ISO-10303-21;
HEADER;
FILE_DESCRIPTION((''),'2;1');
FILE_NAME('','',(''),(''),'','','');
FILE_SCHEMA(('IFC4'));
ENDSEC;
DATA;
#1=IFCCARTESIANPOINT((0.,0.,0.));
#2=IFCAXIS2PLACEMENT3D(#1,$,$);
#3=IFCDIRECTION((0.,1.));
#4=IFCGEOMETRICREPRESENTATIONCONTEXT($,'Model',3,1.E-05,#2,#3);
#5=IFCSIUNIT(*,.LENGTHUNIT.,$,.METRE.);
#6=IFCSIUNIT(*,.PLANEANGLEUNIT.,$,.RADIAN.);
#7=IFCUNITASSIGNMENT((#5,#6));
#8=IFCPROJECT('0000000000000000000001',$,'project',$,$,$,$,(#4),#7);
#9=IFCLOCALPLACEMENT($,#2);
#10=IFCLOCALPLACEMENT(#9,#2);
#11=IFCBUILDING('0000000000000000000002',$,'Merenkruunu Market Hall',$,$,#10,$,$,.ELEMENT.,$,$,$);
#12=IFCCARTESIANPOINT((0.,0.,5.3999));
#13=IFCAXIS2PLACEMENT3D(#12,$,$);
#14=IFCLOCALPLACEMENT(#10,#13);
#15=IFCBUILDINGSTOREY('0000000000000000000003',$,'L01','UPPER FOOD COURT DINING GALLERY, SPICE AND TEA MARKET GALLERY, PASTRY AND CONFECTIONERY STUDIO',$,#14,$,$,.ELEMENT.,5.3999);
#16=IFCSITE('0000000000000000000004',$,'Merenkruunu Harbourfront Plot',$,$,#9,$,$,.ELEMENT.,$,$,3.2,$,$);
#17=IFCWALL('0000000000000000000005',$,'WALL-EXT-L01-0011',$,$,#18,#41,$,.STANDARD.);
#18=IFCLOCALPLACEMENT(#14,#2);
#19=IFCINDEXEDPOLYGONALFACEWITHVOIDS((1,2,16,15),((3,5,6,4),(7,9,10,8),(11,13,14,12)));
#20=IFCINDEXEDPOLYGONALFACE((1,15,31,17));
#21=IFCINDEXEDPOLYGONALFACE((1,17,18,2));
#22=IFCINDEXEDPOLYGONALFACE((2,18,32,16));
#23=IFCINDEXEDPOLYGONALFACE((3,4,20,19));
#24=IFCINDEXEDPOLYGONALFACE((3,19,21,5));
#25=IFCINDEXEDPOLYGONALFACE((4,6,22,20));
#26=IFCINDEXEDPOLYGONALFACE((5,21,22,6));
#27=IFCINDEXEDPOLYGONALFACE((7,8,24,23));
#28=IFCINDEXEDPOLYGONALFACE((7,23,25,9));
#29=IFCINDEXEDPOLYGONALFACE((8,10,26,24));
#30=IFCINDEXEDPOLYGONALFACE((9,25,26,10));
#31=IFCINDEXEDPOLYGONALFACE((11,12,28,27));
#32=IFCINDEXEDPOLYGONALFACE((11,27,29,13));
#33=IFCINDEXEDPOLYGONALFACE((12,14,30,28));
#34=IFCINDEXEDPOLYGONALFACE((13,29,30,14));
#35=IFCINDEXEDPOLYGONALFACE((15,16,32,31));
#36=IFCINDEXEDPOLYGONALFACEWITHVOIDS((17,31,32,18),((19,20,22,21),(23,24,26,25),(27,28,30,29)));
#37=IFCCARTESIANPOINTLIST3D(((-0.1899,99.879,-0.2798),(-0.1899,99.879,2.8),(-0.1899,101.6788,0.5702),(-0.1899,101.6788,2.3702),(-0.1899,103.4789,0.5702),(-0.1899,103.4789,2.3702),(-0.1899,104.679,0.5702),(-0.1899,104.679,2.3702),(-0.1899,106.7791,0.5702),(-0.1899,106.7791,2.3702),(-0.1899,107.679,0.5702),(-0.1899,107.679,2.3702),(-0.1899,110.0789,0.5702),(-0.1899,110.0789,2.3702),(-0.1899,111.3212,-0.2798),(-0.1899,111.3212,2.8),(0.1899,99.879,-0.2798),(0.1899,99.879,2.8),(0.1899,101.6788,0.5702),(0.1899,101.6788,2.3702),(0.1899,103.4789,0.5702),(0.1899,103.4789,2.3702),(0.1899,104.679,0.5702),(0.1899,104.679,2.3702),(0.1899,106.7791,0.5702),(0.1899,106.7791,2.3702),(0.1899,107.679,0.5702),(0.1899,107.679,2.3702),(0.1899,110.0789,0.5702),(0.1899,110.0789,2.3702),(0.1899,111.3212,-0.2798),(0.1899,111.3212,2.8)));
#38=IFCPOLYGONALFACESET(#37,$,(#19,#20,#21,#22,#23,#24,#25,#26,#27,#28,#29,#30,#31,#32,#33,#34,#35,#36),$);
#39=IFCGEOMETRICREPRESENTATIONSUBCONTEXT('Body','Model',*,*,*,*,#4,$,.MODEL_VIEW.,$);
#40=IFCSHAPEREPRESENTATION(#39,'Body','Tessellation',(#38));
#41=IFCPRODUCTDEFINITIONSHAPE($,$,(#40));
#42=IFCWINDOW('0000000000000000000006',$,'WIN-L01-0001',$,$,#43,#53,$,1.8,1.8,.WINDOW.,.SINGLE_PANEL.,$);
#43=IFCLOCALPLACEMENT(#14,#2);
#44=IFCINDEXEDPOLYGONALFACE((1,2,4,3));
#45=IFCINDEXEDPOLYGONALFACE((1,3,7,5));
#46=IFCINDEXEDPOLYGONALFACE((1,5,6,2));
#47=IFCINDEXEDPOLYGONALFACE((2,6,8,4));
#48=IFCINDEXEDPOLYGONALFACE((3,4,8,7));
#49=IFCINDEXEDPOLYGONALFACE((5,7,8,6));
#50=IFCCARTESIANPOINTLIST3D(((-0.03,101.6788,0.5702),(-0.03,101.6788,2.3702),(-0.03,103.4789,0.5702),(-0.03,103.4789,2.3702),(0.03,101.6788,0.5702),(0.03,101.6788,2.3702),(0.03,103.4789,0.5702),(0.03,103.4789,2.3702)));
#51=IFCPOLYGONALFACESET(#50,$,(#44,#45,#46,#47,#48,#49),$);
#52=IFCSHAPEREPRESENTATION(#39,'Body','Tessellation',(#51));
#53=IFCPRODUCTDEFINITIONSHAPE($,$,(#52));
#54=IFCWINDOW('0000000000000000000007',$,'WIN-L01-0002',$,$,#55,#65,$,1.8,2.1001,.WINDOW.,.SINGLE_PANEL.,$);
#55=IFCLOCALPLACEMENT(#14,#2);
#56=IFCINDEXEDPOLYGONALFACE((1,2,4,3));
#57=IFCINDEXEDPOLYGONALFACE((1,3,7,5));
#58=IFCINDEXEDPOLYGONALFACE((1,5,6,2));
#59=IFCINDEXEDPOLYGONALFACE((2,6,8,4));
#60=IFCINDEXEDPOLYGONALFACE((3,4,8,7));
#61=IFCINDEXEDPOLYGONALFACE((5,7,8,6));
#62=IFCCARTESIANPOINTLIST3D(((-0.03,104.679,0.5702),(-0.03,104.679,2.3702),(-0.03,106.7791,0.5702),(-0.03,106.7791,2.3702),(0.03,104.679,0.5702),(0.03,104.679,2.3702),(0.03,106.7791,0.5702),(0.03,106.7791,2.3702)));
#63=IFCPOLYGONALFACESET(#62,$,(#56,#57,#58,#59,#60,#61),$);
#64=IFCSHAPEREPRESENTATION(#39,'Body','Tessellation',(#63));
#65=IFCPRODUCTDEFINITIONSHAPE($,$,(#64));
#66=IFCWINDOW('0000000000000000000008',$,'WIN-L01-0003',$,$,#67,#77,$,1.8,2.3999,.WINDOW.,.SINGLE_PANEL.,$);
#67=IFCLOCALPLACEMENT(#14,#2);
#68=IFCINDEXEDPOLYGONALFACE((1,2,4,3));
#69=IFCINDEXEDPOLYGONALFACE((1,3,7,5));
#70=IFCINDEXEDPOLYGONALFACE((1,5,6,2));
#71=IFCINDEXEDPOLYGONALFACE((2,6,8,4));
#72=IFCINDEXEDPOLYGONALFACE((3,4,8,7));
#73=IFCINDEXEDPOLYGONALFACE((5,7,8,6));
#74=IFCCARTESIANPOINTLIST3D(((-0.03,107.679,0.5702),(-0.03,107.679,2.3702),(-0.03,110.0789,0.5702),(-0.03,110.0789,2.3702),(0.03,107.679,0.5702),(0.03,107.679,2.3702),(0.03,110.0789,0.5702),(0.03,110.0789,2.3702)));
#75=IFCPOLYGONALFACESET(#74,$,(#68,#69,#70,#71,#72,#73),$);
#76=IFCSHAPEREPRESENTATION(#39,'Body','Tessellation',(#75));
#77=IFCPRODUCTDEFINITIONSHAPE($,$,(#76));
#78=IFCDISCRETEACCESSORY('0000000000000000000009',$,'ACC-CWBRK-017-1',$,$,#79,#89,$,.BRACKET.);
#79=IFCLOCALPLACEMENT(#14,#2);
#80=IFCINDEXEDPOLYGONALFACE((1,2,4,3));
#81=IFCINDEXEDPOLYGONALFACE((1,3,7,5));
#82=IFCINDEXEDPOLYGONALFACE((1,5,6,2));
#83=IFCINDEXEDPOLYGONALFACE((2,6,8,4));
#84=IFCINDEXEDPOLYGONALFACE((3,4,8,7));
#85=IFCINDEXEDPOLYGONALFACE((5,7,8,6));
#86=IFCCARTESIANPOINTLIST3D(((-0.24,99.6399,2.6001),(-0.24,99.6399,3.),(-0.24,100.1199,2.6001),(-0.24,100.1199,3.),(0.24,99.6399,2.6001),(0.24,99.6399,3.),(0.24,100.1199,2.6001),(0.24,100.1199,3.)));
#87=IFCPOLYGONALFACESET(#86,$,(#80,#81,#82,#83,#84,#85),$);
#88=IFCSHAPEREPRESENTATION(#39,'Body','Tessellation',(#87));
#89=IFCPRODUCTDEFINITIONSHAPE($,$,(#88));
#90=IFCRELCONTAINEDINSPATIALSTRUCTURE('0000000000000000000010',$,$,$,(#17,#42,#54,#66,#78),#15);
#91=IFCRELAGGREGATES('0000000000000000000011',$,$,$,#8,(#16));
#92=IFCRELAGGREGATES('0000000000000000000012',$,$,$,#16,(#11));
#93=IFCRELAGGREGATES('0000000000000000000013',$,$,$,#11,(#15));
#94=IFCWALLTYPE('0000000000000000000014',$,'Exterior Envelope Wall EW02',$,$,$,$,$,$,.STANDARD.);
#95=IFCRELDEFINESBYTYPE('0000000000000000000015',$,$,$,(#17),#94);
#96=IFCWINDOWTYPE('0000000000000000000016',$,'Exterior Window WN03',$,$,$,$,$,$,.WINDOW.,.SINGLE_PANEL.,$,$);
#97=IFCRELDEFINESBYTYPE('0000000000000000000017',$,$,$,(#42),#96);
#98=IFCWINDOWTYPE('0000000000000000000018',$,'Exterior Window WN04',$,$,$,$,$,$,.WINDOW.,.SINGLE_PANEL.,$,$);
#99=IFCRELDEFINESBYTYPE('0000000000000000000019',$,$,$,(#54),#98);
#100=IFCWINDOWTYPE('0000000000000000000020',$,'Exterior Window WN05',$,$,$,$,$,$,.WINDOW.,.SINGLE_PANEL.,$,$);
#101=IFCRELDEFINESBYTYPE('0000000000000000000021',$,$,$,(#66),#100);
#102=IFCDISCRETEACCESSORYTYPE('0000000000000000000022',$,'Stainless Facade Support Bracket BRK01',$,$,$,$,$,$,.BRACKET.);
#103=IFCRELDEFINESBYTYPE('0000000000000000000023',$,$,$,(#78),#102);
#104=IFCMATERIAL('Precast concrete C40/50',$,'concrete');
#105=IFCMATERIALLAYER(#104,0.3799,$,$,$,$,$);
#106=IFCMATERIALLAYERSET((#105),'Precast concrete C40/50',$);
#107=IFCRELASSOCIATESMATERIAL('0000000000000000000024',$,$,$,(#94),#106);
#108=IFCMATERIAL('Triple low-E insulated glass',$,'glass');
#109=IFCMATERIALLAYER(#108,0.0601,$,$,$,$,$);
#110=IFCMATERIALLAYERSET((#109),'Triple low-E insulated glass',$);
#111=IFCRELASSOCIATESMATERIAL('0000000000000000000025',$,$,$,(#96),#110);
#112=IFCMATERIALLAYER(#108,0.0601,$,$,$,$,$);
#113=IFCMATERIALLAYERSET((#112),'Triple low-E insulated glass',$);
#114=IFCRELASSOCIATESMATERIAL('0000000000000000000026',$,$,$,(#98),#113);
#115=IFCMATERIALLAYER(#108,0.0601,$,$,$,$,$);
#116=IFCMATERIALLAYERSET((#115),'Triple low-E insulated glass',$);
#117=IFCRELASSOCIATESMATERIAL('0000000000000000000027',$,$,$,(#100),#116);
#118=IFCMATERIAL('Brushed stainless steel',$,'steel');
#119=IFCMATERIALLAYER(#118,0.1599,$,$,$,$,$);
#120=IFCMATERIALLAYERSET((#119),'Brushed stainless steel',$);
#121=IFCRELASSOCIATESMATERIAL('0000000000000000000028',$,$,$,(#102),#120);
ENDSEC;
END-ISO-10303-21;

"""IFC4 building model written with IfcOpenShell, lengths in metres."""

from ifc_helpers import new_model, si_unit, direction, frame, frame_2d, origin, origin_2d, place, context, subcontext, project, spatial, rectangle, extrude, material, layer, layer_set, type_object, element, fill, save


model = new_model("IFC4")

# Units and contexts
model_context = context("Model", 3, precision=1e-05, world=origin(), true_north=direction((0.0, 1.0)))
body_context = subcontext(model_context, "Body", "Model", "MODEL_VIEW")
ifc_project = project(units=[si_unit("LENGTHUNIT", "METRE"), si_unit("PLANEANGLEUNIT", "RADIAN")], contexts=[model_context])

# Site, building, storey
site_placement = place(None, origin())
site = spatial("IfcSite", under=ifc_project, at=site_placement, Name="Merenkruunu Harbourfront Plot", CompositionType="ELEMENT", RefElevation=3.2)
building_placement = place(site_placement, origin())
building = spatial("IfcBuilding", under=site, at=building_placement, Name="Merenkruunu Market Hall", CompositionType="ELEMENT")
storey_placement = place(building_placement, frame((0.0, 0.0, 5.3999)))
storey = spatial("IfcBuildingStorey", under=building, at=storey_placement, Name="L01", Description="UPPER FOOD COURT DINING GALLERY, SPICE AND TEA MARKET GALLERY, PASTRY AND CONFECTIONERY STUDIO", CompositionType="ELEMENT", Elevation=5.3999)

# Shared definitions
ifc_material_1 = material(Name="Triple low-E insulated glass", Category="glass")

# Shared definitions
ifc_material_2 = material(Name="Precast concrete C40/50", Category="concrete")
ifc_layer_1 = layer(ifc_material_2, 0.3799)
ifc_layer_set_1 = layer_set([ifc_layer_1], Name="Precast concrete C40/50")
wall_type = type_object("IfcWallType", Name="Exterior Envelope Wall EW02", PredefinedType="STANDARD", material=ifc_layer_set_1)

# Wall, openings, windows
wall_1_placement = place(storey_placement, frame((0.0, 99.8789, -0.2798), z_axis=(0.0, 0.0, 1.0), x_axis=(0.0, 1.0, 0.0)))
wall_1 = element("IfcWall", 1, at=wall_1_placement, inside=storey, type_object=wall_type, Name="WALL-EXT-L01-0011", PredefinedType="STANDARD", context=body_context, shape_type="SweptSolid", body=[
    extrude(rectangle(XDim=11.4421, YDim=0.3799, at=frame_2d((5.7212, 0.0))), origin(), (0.0, 0.0, 1.0), 3.0798),
])
opening_1_placement = place(wall_1_placement, frame((1.8, 0.0, 0.8501)))
opening_1 = element("IfcOpeningElement", 2, at=opening_1_placement, cuts=wall_1, PredefinedType="OPENING", context=body_context, shape_type="SweptSolid", body=[
    extrude(rectangle(XDim=1.8, YDim=1.8, at=frame_2d((0.8999, 0.8999))), frame((0.0, 0.2, 0.0), z_axis=(0.0, -1.0, 0.0), x_axis=(1.0, 0.0, 0.0)), (0.0, 0.0, 1.0), 0.3999),
])
opening_2_placement = place(wall_1_placement, frame((4.8, 0.0, 0.8501)))
opening_2 = element("IfcOpeningElement", 3, at=opening_2_placement, cuts=wall_1, PredefinedType="OPENING", context=body_context, shape_type="SweptSolid", body=[
    extrude(rectangle(XDim=2.1001, YDim=1.8, at=frame_2d((1.05, 0.8999))), frame((0.0, 0.2, 0.0), z_axis=(0.0, -1.0, 0.0), x_axis=(1.0, 0.0, 0.0)), (0.0, 0.0, 1.0), 0.3999),
])
opening_3_placement = place(wall_1_placement, frame((7.8, 0.0, 0.8501)))
opening_3 = element("IfcOpeningElement", 4, at=opening_3_placement, cuts=wall_1, PredefinedType="OPENING", context=body_context, shape_type="SweptSolid", body=[
    extrude(rectangle(XDim=2.3999, YDim=1.8, at=frame_2d((1.2, 0.8999))), frame((0.0, 0.2, 0.0), z_axis=(0.0, -1.0, 0.0), x_axis=(1.0, 0.0, 0.0)), (0.0, 0.0, 1.0), 0.3999),
])
ifc_layer_2 = layer(ifc_material_1, 0.0601)
ifc_layer_set_2 = layer_set([ifc_layer_2], Name="Triple low-E insulated glass")
window_type_1 = type_object("IfcWindowType", Name="Exterior Window WN03", PartitioningType="SINGLE_PANEL", PredefinedType="WINDOW", material=ifc_layer_set_2)
window_1_placement = place(opening_1_placement, origin())
window_1 = element("IfcWindow", 5, at=window_1_placement, inside=storey, type_object=window_type_1, Name="WIN-L01-0001", OverallHeight=1.8, OverallWidth=1.8, PartitioningType="SINGLE_PANEL", PredefinedType="WINDOW", context=body_context, shape_type="SweptSolid", body=[
    extrude(rectangle(XDim=1.8, YDim=1.8, at=frame_2d((0.8999, 0.8999))), frame((0.0, 0.03, 0.0), z_axis=(0.0, -1.0, 0.0), x_axis=(1.0, 0.0, 0.0)), (0.0, 0.0, 1.0), 0.0601),
])
fill(opening_1, window_1)
ifc_layer_3 = layer(ifc_material_1, 0.0601)
ifc_layer_set_3 = layer_set([ifc_layer_3], Name="Triple low-E insulated glass")
window_type_2 = type_object("IfcWindowType", Name="Exterior Window WN04", PartitioningType="SINGLE_PANEL", PredefinedType="WINDOW", material=ifc_layer_set_3)
window_2_placement = place(opening_2_placement, origin())
window_2 = element("IfcWindow", 6, at=window_2_placement, inside=storey, type_object=window_type_2, Name="WIN-L01-0002", OverallHeight=1.8, OverallWidth=2.1001, PartitioningType="SINGLE_PANEL", PredefinedType="WINDOW", context=body_context, shape_type="SweptSolid", body=[
    extrude(rectangle(XDim=2.1001, YDim=1.8, at=frame_2d((1.05, 0.8999))), frame((0.0, 0.03, 0.0), z_axis=(0.0, -1.0, 0.0), x_axis=(1.0, 0.0, 0.0)), (0.0, 0.0, 1.0), 0.0601),
])
fill(opening_2, window_2)
ifc_layer_4 = layer(ifc_material_1, 0.0601)
ifc_layer_set_4 = layer_set([ifc_layer_4], Name="Triple low-E insulated glass")
window_type_3 = type_object("IfcWindowType", Name="Exterior Window WN05", PartitioningType="SINGLE_PANEL", PredefinedType="WINDOW", material=ifc_layer_set_4)
window_3_placement = place(opening_3_placement, origin())
window_3 = element("IfcWindow", 7, at=window_3_placement, inside=storey, type_object=window_type_3, Name="WIN-L01-0003", OverallHeight=1.8, OverallWidth=2.3999, PartitioningType="SINGLE_PANEL", PredefinedType="WINDOW", context=body_context, shape_type="SweptSolid", body=[
    extrude(rectangle(XDim=2.3999, YDim=1.8, at=frame_2d((1.2, 0.8999))), frame((0.0, 0.03, 0.0), z_axis=(0.0, -1.0, 0.0), x_axis=(1.0, 0.0, 0.0)), (0.0, 0.0, 1.0), 0.0601),
])
fill(opening_3, window_3)

# Discrete accessory
ifc_material_3 = material(Name="Brushed stainless steel", Category="steel")
ifc_layer_5 = layer(ifc_material_3, 0.1599)
ifc_layer_set_5 = layer_set([ifc_layer_5], Name="Brushed stainless steel")
discrete_accessory_type = type_object("IfcDiscreteAccessoryType", Name="Stainless Facade Support Bracket BRK01", PredefinedType="BRACKET", material=ifc_layer_set_5)
discrete_accessory_placement = place(storey_placement, frame((0.0, 99.8799, 2.6001), z_axis=(0.0, 0.0, 1.0), x_axis=(1.0, 0.0, 0.0)))
element("IfcDiscreteAccessory", 8, at=discrete_accessory_placement, inside=storey, type_object=discrete_accessory_type, Name="ACC-CWBRK-017-1", PredefinedType="BRACKET", context=body_context, shape_type="SweptSolid", body=[
    extrude(rectangle(XDim=0.48, YDim=0.48, at=origin_2d()), origin(), (0.0, 0.0, 1.0), 0.3999),
])

save(model, "model.ifc")
